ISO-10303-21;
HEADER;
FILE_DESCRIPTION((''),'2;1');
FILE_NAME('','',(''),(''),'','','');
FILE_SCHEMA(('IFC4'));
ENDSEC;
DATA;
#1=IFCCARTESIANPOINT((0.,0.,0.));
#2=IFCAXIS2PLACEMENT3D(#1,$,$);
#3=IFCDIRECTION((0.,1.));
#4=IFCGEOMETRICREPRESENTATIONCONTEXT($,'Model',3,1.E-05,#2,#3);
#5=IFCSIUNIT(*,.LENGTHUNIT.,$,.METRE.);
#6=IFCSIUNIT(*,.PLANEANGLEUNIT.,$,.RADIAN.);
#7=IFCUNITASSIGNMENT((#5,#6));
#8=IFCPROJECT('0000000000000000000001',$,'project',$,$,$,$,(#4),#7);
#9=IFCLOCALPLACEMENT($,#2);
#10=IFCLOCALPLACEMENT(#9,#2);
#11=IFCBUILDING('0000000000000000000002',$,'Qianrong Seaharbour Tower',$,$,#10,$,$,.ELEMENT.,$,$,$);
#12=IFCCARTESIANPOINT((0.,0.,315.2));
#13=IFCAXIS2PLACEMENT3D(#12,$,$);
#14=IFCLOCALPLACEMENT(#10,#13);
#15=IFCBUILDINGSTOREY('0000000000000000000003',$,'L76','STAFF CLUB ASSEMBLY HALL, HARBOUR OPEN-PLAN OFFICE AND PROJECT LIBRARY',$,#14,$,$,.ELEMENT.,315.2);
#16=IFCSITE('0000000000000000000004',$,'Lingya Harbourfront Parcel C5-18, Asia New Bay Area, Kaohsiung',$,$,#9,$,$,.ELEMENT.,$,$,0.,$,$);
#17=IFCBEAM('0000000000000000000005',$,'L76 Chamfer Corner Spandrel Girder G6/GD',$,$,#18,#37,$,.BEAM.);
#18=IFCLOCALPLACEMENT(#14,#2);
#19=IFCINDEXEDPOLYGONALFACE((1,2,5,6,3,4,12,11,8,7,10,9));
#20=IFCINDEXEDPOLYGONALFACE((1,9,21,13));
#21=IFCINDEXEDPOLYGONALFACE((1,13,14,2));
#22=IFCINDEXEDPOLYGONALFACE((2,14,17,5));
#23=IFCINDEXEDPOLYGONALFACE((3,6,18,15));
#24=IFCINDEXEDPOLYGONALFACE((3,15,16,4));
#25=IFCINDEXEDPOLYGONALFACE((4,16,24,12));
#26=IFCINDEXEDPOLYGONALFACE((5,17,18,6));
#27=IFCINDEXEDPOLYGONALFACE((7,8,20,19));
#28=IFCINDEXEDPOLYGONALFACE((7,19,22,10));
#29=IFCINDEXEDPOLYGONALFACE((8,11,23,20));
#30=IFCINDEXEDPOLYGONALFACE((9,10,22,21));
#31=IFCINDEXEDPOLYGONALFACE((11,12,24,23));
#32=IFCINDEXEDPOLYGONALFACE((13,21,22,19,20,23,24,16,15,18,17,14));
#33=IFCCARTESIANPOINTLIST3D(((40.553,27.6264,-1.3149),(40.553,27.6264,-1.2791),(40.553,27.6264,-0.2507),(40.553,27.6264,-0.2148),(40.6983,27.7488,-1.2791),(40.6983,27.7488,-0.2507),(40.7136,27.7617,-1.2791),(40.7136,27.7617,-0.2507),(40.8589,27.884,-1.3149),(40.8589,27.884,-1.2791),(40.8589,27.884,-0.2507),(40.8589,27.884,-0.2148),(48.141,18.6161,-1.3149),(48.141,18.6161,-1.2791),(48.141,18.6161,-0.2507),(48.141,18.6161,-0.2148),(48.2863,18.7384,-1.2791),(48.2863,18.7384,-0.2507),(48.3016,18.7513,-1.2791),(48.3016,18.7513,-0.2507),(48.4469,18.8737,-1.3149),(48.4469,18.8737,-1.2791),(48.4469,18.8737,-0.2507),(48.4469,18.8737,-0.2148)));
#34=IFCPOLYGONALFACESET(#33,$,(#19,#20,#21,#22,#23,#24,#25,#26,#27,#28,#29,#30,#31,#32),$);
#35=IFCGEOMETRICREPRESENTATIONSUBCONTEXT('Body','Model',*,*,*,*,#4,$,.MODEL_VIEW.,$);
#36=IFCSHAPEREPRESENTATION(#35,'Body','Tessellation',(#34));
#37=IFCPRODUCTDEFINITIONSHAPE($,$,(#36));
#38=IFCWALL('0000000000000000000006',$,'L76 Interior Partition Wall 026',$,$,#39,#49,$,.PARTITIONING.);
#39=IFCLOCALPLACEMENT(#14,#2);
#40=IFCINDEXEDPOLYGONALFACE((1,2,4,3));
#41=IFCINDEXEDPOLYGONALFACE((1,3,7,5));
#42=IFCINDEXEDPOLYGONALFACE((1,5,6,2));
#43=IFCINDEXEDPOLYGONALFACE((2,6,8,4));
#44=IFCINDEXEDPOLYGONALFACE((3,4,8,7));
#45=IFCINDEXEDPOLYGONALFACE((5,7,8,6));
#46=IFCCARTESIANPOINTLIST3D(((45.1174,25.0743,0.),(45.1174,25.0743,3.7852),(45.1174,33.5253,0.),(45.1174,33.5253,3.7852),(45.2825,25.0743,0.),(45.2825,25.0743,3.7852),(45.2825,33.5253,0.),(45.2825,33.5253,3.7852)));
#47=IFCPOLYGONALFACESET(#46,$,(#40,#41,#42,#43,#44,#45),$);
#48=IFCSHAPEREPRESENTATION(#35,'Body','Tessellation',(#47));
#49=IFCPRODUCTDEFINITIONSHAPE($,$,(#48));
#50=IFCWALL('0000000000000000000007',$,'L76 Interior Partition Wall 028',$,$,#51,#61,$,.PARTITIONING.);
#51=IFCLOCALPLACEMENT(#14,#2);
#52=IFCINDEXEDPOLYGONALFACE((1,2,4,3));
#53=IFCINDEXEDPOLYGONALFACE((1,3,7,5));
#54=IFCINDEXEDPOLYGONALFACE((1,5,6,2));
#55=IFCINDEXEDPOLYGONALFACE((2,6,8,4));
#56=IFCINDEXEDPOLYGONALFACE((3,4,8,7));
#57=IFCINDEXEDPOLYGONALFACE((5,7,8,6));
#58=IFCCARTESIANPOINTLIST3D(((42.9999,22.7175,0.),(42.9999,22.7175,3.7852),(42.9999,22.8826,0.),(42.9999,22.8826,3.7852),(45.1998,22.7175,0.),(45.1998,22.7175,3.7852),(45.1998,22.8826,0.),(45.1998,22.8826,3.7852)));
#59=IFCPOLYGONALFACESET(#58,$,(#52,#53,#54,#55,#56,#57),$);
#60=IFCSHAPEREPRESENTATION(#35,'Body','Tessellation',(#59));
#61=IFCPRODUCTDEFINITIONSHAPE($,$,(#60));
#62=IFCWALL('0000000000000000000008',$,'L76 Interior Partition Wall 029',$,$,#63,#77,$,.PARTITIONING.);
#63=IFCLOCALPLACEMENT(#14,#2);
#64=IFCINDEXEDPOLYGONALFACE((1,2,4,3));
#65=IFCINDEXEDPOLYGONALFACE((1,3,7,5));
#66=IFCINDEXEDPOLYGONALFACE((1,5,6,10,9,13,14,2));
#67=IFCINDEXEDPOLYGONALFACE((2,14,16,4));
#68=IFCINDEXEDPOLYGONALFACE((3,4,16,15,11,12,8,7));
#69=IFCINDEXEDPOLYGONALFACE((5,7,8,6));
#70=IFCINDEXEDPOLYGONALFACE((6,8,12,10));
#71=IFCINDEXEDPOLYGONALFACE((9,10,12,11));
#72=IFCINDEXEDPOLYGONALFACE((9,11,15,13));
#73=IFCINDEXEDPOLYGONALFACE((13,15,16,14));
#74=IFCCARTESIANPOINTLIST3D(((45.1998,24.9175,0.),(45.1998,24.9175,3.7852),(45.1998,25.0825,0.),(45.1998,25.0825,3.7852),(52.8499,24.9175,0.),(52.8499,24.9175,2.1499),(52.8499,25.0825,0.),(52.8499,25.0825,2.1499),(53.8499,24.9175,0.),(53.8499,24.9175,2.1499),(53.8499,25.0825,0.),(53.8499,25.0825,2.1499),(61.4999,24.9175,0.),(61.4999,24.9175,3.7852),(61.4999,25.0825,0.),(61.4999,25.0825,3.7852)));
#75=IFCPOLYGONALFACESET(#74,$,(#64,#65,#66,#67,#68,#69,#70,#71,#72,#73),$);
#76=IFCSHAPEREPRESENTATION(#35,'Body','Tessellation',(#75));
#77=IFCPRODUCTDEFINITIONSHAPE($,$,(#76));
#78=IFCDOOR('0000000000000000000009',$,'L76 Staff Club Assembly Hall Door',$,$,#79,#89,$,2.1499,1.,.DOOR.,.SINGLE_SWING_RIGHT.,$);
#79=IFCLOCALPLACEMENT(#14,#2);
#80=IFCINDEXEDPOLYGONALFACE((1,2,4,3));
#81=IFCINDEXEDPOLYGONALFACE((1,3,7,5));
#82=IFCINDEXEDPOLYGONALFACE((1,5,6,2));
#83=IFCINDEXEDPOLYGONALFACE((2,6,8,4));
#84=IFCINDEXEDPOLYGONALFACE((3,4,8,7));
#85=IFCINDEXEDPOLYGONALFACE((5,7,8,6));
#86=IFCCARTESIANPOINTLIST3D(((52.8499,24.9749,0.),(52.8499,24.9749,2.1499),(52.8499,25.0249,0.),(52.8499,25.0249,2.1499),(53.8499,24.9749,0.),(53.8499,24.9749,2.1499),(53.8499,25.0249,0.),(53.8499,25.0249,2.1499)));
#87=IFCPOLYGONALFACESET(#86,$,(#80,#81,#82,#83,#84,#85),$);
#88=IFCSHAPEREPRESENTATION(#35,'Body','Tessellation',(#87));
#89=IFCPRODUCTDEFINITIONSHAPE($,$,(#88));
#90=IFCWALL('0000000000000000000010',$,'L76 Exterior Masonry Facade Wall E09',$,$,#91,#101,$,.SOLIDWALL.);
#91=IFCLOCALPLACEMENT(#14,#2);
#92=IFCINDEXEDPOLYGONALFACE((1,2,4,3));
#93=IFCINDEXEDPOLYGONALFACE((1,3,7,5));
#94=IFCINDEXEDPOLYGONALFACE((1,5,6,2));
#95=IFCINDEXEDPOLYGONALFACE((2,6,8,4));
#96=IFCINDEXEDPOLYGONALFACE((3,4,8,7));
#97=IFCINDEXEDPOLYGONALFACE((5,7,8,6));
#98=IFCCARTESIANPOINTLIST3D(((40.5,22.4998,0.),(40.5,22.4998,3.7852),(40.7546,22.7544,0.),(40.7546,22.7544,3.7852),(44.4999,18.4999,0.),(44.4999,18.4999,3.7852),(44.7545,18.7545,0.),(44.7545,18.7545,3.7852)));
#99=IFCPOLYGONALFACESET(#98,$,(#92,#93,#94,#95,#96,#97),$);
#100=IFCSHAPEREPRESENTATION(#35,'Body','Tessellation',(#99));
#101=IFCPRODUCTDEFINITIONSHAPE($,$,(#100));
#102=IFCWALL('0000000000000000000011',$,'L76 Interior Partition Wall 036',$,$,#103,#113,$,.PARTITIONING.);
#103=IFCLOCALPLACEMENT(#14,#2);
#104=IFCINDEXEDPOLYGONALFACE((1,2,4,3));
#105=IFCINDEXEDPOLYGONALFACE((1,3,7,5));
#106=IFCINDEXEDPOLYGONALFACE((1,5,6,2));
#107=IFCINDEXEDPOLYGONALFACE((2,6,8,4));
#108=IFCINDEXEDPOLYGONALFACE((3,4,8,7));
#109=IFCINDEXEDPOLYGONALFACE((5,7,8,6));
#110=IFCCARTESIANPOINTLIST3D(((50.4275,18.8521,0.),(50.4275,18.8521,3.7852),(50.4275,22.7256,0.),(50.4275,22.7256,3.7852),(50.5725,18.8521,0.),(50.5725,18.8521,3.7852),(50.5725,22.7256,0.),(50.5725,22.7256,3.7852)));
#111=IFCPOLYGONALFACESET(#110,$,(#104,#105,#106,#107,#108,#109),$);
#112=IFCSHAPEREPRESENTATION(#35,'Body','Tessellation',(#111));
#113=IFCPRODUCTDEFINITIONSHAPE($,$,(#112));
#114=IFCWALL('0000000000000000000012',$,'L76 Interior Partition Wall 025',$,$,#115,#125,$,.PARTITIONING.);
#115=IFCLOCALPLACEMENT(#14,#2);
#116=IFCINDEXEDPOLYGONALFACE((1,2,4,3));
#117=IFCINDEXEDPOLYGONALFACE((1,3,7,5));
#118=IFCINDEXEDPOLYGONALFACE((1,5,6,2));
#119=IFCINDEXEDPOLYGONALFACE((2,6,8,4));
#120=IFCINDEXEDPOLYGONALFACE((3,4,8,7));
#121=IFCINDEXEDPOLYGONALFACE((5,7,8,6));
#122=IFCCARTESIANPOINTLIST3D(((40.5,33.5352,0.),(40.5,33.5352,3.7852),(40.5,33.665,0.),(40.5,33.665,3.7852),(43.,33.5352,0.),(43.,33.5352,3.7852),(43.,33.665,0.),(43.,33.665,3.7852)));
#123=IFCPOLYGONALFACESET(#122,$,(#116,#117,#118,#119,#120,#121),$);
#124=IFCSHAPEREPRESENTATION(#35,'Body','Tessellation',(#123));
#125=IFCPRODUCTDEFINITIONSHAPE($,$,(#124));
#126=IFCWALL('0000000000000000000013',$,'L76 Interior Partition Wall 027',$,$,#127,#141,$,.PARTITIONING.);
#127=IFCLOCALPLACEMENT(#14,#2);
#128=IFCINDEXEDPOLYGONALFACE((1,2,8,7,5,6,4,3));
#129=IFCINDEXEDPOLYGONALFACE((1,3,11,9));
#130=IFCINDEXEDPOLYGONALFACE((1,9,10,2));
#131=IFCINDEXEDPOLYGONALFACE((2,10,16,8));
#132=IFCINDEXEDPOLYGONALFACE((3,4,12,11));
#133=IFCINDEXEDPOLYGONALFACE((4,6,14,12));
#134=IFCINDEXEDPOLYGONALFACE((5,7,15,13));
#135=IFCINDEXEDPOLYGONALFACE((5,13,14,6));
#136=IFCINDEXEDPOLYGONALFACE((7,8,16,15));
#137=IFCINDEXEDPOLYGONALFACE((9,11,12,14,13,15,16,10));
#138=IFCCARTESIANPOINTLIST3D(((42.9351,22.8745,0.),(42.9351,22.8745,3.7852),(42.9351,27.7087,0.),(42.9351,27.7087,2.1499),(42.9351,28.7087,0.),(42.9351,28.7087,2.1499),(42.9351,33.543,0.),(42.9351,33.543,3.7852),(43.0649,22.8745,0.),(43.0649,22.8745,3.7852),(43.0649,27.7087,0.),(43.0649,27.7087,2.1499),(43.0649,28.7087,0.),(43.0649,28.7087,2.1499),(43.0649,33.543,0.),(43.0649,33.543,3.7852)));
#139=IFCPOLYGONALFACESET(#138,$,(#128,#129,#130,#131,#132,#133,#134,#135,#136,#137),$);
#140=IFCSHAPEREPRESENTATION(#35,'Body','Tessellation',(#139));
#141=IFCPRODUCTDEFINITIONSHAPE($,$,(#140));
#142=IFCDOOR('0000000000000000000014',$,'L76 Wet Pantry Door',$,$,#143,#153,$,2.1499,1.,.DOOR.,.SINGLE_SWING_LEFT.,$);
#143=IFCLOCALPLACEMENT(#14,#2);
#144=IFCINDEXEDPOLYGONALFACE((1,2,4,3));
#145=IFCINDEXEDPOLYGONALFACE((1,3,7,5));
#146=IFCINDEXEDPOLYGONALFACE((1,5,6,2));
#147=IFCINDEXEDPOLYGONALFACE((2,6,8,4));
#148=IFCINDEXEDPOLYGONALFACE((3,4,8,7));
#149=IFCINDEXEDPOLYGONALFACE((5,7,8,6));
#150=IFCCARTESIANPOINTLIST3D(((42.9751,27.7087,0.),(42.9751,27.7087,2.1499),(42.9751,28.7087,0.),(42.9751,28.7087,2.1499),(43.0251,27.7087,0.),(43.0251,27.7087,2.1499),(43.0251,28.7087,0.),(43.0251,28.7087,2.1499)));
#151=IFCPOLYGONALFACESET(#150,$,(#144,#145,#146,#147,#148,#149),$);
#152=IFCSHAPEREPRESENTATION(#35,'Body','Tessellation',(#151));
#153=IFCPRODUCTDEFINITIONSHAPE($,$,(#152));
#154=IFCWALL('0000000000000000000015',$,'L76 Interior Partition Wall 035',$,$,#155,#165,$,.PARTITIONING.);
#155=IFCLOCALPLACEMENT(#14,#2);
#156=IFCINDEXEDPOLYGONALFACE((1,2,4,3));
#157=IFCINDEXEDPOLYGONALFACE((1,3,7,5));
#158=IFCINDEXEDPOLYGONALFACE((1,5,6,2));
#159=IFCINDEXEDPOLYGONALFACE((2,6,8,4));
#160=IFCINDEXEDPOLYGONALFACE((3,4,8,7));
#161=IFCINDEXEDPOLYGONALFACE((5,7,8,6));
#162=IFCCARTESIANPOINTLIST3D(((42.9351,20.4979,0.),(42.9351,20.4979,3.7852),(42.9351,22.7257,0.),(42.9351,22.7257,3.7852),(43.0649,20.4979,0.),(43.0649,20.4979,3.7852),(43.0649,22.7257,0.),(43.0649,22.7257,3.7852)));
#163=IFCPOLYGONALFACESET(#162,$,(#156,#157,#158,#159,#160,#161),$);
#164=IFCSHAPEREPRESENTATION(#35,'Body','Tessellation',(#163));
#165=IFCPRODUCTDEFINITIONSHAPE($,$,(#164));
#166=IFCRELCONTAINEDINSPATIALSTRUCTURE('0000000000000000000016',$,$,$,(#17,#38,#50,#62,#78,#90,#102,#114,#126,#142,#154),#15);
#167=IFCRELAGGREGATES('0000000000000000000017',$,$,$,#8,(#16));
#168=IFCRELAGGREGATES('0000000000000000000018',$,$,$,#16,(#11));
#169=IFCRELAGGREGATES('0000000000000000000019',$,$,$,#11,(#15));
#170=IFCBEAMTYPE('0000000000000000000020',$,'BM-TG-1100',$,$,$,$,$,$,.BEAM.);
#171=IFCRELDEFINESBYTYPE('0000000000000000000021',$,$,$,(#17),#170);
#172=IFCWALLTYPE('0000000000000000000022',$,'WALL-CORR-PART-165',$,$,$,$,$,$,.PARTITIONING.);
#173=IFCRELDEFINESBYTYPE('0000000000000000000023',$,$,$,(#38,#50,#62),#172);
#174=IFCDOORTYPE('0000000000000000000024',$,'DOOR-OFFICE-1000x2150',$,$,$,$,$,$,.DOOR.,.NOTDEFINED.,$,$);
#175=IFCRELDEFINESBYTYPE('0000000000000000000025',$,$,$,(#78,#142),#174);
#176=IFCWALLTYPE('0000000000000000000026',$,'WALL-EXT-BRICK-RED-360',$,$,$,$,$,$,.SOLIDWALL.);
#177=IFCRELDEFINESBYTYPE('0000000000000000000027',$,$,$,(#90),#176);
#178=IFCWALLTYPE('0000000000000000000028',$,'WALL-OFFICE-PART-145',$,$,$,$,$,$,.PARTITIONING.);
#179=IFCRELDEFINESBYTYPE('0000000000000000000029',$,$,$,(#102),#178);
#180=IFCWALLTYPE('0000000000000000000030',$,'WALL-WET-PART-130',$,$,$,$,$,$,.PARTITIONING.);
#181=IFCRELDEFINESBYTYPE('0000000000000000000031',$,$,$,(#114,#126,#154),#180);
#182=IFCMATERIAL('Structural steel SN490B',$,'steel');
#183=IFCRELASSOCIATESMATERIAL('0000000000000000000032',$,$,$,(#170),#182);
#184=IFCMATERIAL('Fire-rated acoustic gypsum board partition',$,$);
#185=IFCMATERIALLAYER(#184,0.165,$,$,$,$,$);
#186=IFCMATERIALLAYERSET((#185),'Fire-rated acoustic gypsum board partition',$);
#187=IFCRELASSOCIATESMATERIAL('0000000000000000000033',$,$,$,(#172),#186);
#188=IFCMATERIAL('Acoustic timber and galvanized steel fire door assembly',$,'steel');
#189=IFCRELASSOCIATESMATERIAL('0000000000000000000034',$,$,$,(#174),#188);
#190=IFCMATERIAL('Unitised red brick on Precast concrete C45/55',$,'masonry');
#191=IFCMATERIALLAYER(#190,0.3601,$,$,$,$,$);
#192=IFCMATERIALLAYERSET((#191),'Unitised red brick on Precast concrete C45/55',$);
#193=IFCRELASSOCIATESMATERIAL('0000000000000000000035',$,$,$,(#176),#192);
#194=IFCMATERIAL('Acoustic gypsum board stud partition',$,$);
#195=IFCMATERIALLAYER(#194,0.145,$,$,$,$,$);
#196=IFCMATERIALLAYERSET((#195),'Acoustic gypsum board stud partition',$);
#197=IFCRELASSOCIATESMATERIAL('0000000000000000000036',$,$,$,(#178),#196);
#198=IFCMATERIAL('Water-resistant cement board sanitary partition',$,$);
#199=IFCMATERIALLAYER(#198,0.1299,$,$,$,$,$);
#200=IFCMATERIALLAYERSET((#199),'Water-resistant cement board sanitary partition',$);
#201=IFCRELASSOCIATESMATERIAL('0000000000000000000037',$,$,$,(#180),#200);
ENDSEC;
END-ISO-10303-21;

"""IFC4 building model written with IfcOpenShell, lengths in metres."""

from ifc_helpers import new_model, si_unit, direction, frame, frame_2d, origin, origin_2d, place, context, subcontext, project, spatial, rectangle, i_section, extrude, material, layer, layer_set, material_profile, profile_set, type_object, element, fill, save


model = new_model("IFC4")

# Units and contexts
model_context = context("Model", 3, precision=1e-05, world=origin(), true_north=direction((0.0, 1.0)))
body_context = subcontext(model_context, "Body", "Model", "MODEL_VIEW")
ifc_project = project(units=[si_unit("LENGTHUNIT", "METRE"), si_unit("PLANEANGLEUNIT", "RADIAN")], contexts=[model_context])

# Site, building, storey
site_placement = place(None, origin())
site = spatial("IfcSite", under=ifc_project, at=site_placement, Name="Lingya Harbourfront Parcel C5-18, Asia New Bay Area, Kaohsiung", CompositionType="ELEMENT", RefElevation=0.0)
building_placement = place(site_placement, origin())
building = spatial("IfcBuilding", under=site, at=building_placement, Name="Qianrong Seaharbour Tower", CompositionType="ELEMENT")
storey_placement = place(building_placement, frame((0.0, 0.0, 315.2)))
storey = spatial("IfcBuildingStorey", under=building, at=storey_placement, Name="L76", Description="STAFF CLUB ASSEMBLY HALL, HARBOUR OPEN-PLAN OFFICE AND PROJECT LIBRARY", CompositionType="ELEMENT", Elevation=315.2)

# Beam
ifc_material_1 = material(Name="Structural steel SN490B", Category="steel")
ifc_material_profile_1 = material_profile(ifc_material_1, i_section(OverallWidth=0.3999, OverallDepth=1.1001, WebThickness=0.02, FlangeThickness=0.0359, at=origin_2d()), Name="BH1100x400x20x36")
ifc_profile_set_1 = profile_set([ifc_material_profile_1], Name="Structural steel SN490B")
beam_type_1 = type_object("IfcBeamType", Name="BM-TG-1100", PredefinedType="BEAM", material=ifc_profile_set_1)
beam_1_placement = place(storey_placement, frame((48.2939, 18.7449, -0.7649), z_axis=(-0.644151, 0.764898, 0.0), x_axis=(-0.764898, -0.644151, 0.0)))
element("IfcBeam", 1, at=beam_1_placement, inside=storey, type_object=beam_type_1, Name="L76 Chamfer Corner Spandrel Girder G6/GD", PredefinedType="BEAM", context=body_context, shape_type="SweptSolid", body=[
    extrude(i_section(OverallWidth=0.3999, OverallDepth=1.1001, WebThickness=0.02, FlangeThickness=0.0359, at=origin_2d()), origin(), (0.0, 0.0, 1.0), 11.7798),
])

# Walls
ifc_material_2 = material(Name="Fire-rated acoustic gypsum board partition")
ifc_layer_1 = layer(ifc_material_2, 0.165)
ifc_layer_set_1 = layer_set([ifc_layer_1], Name="Fire-rated acoustic gypsum board partition")
wall_type_1 = type_object("IfcWallType", Name="WALL-CORR-PART-165", PredefinedType="PARTITIONING", material=ifc_layer_set_1)
wall_1_placement = place(storey_placement, frame((45.2, 33.5254, 0.0), z_axis=(0.0, 0.0, 1.0), x_axis=(0.0, -1.0, 0.0)))
element("IfcWall", 2, at=wall_1_placement, inside=storey, type_object=wall_type_1, Name="L76 Interior Partition Wall 026", PredefinedType="PARTITIONING", context=body_context, shape_type="SweptSolid", body=[
    extrude(rectangle(XDim=8.4509, YDim=0.165, at=frame_2d((4.2256, 0.0))), origin(), (0.0, 0.0, 1.0), 3.7852),
])
wall_2_placement = place(storey_placement, frame((45.2, 22.8, 0.0), z_axis=(0.0, 0.0, 1.0), x_axis=(-1.0, 0.0, 0.0)))
element("IfcWall", 3, at=wall_2_placement, inside=storey, type_object=wall_type_1, Name="L76 Interior Partition Wall 028", PredefinedType="PARTITIONING", context=body_context, shape_type="SweptSolid", body=[
    extrude(rectangle(XDim=2.2, YDim=0.165, at=frame_2d((1.1001, 0.0))), origin(), (0.0, 0.0, 1.0), 3.7852),
])

# Wall, opening, door
wall_3_placement = place(storey_placement, frame((45.2, 25.0, 0.0), z_axis=(0.0, 0.0, 1.0), x_axis=(1.0, 0.0, 0.0)))
wall_3 = element("IfcWall", 4, at=wall_3_placement, inside=storey, type_object=wall_type_1, Name="L76 Interior Partition Wall 029", PredefinedType="PARTITIONING", context=body_context, shape_type="SweptSolid", body=[
    extrude(rectangle(XDim=16.3, YDim=0.165, at=frame_2d((8.1499, 0.0))), origin(), (0.0, 0.0, 1.0), 3.7852),
])
opening_1_placement = place(wall_3_placement, frame((7.6499, 0.0, 0.0)))
opening_1 = element("IfcOpeningElement", 5, at=opening_1_placement, cuts=wall_3, PredefinedType="OPENING", context=body_context, shape_type="SweptSolid", body=[
    extrude(rectangle(XDim=1.0, YDim=2.1499, at=frame_2d((0.5, 1.075))), frame((0.0, 0.0925, 0.0), z_axis=(0.0, -1.0, 0.0), x_axis=(1.0, 0.0, 0.0)), (0.0, 0.0, 1.0), 0.1851),
])
ifc_material_3 = material(Name="Acoustic timber and galvanized steel fire door assembly", Category="steel")
door_type = type_object("IfcDoorType", Name="DOOR-OFFICE-1000x2150", OperationType="NOTDEFINED", PredefinedType="DOOR", material=ifc_material_3)
door_1_placement = place(opening_1_placement, origin())
door_1 = element("IfcDoor", 6, at=door_1_placement, inside=storey, type_object=door_type, Name="L76 Staff Club Assembly Hall Door", OperationType="SINGLE_SWING_RIGHT", OverallHeight=2.1499, OverallWidth=1.0, PredefinedType="DOOR", context=body_context, shape_type="SweptSolid", body=[
    extrude(rectangle(XDim=1.0, YDim=2.1499, at=frame_2d((0.5, 1.075))), frame((0.0, 0.0249, 0.0), z_axis=(0.0, -1.0, 0.0), x_axis=(1.0, 0.0, 0.0)), (0.0, 0.0, 1.0), 0.05),
])
fill(opening_1, door_1)

# Walls
ifc_material_4 = material(Name="Unitised red brick on Precast concrete C45/55", Category="masonry")
ifc_layer_2 = layer(ifc_material_4, 0.3601)
ifc_layer_set_2 = layer_set([ifc_layer_2], Name="Unitised red brick on Precast concrete C45/55")
wall_type_2 = type_object("IfcWallType", Name="WALL-EXT-BRICK-RED-360", PredefinedType="SOLIDWALL", material=ifc_layer_set_2)
wall_4_placement = place(storey_placement, frame((44.6272, 18.6272, 0.0), z_axis=(0.0, 0.0, 1.0), x_axis=(-0.707107, 0.707107, 0.0)))
element("IfcWall", 7, at=wall_4_placement, inside=storey, type_object=wall_type_2, Name="L76 Exterior Masonry Facade Wall E09", PredefinedType="SOLIDWALL", context=body_context, shape_type="SweptSolid", body=[
    extrude(rectangle(XDim=5.6567, YDim=0.3601, at=frame_2d((2.8284, 0.0))), origin(), (0.0, 0.0, 1.0), 3.7852),
])
ifc_material_5 = material(Name="Acoustic gypsum board stud partition")
ifc_layer_3 = layer(ifc_material_5, 0.145)
ifc_layer_set_3 = layer_set([ifc_layer_3], Name="Acoustic gypsum board stud partition")
wall_type_3 = type_object("IfcWallType", Name="WALL-OFFICE-PART-145", PredefinedType="PARTITIONING", material=ifc_layer_set_3)
wall_5_placement = place(storey_placement, frame((50.5, 22.7256, 0.0), z_axis=(0.0, 0.0, 1.0), x_axis=(0.0, -1.0, 0.0)))
element("IfcWall", 8, at=wall_5_placement, inside=storey, type_object=wall_type_3, Name="L76 Interior Partition Wall 036", PredefinedType="PARTITIONING", context=body_context, shape_type="SweptSolid", body=[
    extrude(rectangle(XDim=3.8735, YDim=0.145, at=frame_2d((1.9368, 0.0))), origin(), (0.0, 0.0, 1.0), 3.7852),
])
ifc_material_6 = material(Name="Water-resistant cement board sanitary partition")
ifc_layer_4 = layer(ifc_material_6, 0.1299)
ifc_layer_set_4 = layer_set([ifc_layer_4], Name="Water-resistant cement board sanitary partition")
wall_type_4 = type_object("IfcWallType", Name="WALL-WET-PART-130", PredefinedType="PARTITIONING", material=ifc_layer_set_4)
wall_6_placement = place(storey_placement, frame((43.0, 33.6001, 0.0), z_axis=(0.0, 0.0, 1.0), x_axis=(-1.0, 0.0, 0.0)))
element("IfcWall", 9, at=wall_6_placement, inside=storey, type_object=wall_type_4, Name="L76 Interior Partition Wall 025", PredefinedType="PARTITIONING", context=body_context, shape_type="SweptSolid", body=[
    extrude(rectangle(XDim=2.5, YDim=0.1299, at=frame_2d((1.25, 0.0))), origin(), (0.0, 0.0, 1.0), 3.7852),
])

# Wall, opening, door
wall_7_placement = place(storey_placement, frame((43.0, 22.8745, 0.0), z_axis=(0.0, 0.0, 1.0), x_axis=(0.0, 1.0, 0.0)))
wall_7 = element("IfcWall", 10, at=wall_7_placement, inside=storey, type_object=wall_type_4, Name="L76 Interior Partition Wall 027", PredefinedType="PARTITIONING", context=body_context, shape_type="SweptSolid", body=[
    extrude(rectangle(XDim=10.6685, YDim=0.1299, at=frame_2d((5.3342, 0.0))), origin(), (0.0, 0.0, 1.0), 3.7852),
])
opening_2_placement = place(wall_7_placement, frame((4.8342, 0.0, 0.0)))
opening_2 = element("IfcOpeningElement", 11, at=opening_2_placement, cuts=wall_7, PredefinedType="OPENING", context=body_context, shape_type="SweptSolid", body=[
    extrude(rectangle(XDim=1.0, YDim=2.1499, at=frame_2d((0.5, 1.075))), frame((0.0, 0.075, 0.0), z_axis=(0.0, -1.0, 0.0), x_axis=(1.0, 0.0, 0.0)), (0.0, 0.0, 1.0), 0.1499),
])
door_2_placement = place(opening_2_placement, origin())
door_2 = element("IfcDoor", 12, at=door_2_placement, inside=storey, type_object=door_type, Name="L76 Wet Pantry Door", OperationType="SINGLE_SWING_LEFT", OverallHeight=2.1499, OverallWidth=1.0, PredefinedType="DOOR", context=body_context, shape_type="SweptSolid", body=[
    extrude(rectangle(XDim=1.0, YDim=2.1499, at=frame_2d((0.5, 1.075))), frame((0.0, 0.0249, 0.0), z_axis=(0.0, -1.0, 0.0), x_axis=(1.0, 0.0, 0.0)), (0.0, 0.0, 1.0), 0.05),
])
fill(opening_2, door_2)

# Wall
wall_8_placement = place(storey_placement, frame((43.0, 22.7256, 0.0), z_axis=(0.0, 0.0, 1.0), x_axis=(0.0, -1.0, 0.0)))
element("IfcWall", 13, at=wall_8_placement, inside=storey, type_object=wall_type_4, Name="L76 Interior Partition Wall 035", PredefinedType="PARTITIONING", context=body_context, shape_type="SweptSolid", body=[
    extrude(rectangle(XDim=2.2278, YDim=0.1299, at=frame_2d((1.1138, 0.0))), origin(), (0.0, 0.0, 1.0), 3.7852),
])

save(model, "model.ifc")
